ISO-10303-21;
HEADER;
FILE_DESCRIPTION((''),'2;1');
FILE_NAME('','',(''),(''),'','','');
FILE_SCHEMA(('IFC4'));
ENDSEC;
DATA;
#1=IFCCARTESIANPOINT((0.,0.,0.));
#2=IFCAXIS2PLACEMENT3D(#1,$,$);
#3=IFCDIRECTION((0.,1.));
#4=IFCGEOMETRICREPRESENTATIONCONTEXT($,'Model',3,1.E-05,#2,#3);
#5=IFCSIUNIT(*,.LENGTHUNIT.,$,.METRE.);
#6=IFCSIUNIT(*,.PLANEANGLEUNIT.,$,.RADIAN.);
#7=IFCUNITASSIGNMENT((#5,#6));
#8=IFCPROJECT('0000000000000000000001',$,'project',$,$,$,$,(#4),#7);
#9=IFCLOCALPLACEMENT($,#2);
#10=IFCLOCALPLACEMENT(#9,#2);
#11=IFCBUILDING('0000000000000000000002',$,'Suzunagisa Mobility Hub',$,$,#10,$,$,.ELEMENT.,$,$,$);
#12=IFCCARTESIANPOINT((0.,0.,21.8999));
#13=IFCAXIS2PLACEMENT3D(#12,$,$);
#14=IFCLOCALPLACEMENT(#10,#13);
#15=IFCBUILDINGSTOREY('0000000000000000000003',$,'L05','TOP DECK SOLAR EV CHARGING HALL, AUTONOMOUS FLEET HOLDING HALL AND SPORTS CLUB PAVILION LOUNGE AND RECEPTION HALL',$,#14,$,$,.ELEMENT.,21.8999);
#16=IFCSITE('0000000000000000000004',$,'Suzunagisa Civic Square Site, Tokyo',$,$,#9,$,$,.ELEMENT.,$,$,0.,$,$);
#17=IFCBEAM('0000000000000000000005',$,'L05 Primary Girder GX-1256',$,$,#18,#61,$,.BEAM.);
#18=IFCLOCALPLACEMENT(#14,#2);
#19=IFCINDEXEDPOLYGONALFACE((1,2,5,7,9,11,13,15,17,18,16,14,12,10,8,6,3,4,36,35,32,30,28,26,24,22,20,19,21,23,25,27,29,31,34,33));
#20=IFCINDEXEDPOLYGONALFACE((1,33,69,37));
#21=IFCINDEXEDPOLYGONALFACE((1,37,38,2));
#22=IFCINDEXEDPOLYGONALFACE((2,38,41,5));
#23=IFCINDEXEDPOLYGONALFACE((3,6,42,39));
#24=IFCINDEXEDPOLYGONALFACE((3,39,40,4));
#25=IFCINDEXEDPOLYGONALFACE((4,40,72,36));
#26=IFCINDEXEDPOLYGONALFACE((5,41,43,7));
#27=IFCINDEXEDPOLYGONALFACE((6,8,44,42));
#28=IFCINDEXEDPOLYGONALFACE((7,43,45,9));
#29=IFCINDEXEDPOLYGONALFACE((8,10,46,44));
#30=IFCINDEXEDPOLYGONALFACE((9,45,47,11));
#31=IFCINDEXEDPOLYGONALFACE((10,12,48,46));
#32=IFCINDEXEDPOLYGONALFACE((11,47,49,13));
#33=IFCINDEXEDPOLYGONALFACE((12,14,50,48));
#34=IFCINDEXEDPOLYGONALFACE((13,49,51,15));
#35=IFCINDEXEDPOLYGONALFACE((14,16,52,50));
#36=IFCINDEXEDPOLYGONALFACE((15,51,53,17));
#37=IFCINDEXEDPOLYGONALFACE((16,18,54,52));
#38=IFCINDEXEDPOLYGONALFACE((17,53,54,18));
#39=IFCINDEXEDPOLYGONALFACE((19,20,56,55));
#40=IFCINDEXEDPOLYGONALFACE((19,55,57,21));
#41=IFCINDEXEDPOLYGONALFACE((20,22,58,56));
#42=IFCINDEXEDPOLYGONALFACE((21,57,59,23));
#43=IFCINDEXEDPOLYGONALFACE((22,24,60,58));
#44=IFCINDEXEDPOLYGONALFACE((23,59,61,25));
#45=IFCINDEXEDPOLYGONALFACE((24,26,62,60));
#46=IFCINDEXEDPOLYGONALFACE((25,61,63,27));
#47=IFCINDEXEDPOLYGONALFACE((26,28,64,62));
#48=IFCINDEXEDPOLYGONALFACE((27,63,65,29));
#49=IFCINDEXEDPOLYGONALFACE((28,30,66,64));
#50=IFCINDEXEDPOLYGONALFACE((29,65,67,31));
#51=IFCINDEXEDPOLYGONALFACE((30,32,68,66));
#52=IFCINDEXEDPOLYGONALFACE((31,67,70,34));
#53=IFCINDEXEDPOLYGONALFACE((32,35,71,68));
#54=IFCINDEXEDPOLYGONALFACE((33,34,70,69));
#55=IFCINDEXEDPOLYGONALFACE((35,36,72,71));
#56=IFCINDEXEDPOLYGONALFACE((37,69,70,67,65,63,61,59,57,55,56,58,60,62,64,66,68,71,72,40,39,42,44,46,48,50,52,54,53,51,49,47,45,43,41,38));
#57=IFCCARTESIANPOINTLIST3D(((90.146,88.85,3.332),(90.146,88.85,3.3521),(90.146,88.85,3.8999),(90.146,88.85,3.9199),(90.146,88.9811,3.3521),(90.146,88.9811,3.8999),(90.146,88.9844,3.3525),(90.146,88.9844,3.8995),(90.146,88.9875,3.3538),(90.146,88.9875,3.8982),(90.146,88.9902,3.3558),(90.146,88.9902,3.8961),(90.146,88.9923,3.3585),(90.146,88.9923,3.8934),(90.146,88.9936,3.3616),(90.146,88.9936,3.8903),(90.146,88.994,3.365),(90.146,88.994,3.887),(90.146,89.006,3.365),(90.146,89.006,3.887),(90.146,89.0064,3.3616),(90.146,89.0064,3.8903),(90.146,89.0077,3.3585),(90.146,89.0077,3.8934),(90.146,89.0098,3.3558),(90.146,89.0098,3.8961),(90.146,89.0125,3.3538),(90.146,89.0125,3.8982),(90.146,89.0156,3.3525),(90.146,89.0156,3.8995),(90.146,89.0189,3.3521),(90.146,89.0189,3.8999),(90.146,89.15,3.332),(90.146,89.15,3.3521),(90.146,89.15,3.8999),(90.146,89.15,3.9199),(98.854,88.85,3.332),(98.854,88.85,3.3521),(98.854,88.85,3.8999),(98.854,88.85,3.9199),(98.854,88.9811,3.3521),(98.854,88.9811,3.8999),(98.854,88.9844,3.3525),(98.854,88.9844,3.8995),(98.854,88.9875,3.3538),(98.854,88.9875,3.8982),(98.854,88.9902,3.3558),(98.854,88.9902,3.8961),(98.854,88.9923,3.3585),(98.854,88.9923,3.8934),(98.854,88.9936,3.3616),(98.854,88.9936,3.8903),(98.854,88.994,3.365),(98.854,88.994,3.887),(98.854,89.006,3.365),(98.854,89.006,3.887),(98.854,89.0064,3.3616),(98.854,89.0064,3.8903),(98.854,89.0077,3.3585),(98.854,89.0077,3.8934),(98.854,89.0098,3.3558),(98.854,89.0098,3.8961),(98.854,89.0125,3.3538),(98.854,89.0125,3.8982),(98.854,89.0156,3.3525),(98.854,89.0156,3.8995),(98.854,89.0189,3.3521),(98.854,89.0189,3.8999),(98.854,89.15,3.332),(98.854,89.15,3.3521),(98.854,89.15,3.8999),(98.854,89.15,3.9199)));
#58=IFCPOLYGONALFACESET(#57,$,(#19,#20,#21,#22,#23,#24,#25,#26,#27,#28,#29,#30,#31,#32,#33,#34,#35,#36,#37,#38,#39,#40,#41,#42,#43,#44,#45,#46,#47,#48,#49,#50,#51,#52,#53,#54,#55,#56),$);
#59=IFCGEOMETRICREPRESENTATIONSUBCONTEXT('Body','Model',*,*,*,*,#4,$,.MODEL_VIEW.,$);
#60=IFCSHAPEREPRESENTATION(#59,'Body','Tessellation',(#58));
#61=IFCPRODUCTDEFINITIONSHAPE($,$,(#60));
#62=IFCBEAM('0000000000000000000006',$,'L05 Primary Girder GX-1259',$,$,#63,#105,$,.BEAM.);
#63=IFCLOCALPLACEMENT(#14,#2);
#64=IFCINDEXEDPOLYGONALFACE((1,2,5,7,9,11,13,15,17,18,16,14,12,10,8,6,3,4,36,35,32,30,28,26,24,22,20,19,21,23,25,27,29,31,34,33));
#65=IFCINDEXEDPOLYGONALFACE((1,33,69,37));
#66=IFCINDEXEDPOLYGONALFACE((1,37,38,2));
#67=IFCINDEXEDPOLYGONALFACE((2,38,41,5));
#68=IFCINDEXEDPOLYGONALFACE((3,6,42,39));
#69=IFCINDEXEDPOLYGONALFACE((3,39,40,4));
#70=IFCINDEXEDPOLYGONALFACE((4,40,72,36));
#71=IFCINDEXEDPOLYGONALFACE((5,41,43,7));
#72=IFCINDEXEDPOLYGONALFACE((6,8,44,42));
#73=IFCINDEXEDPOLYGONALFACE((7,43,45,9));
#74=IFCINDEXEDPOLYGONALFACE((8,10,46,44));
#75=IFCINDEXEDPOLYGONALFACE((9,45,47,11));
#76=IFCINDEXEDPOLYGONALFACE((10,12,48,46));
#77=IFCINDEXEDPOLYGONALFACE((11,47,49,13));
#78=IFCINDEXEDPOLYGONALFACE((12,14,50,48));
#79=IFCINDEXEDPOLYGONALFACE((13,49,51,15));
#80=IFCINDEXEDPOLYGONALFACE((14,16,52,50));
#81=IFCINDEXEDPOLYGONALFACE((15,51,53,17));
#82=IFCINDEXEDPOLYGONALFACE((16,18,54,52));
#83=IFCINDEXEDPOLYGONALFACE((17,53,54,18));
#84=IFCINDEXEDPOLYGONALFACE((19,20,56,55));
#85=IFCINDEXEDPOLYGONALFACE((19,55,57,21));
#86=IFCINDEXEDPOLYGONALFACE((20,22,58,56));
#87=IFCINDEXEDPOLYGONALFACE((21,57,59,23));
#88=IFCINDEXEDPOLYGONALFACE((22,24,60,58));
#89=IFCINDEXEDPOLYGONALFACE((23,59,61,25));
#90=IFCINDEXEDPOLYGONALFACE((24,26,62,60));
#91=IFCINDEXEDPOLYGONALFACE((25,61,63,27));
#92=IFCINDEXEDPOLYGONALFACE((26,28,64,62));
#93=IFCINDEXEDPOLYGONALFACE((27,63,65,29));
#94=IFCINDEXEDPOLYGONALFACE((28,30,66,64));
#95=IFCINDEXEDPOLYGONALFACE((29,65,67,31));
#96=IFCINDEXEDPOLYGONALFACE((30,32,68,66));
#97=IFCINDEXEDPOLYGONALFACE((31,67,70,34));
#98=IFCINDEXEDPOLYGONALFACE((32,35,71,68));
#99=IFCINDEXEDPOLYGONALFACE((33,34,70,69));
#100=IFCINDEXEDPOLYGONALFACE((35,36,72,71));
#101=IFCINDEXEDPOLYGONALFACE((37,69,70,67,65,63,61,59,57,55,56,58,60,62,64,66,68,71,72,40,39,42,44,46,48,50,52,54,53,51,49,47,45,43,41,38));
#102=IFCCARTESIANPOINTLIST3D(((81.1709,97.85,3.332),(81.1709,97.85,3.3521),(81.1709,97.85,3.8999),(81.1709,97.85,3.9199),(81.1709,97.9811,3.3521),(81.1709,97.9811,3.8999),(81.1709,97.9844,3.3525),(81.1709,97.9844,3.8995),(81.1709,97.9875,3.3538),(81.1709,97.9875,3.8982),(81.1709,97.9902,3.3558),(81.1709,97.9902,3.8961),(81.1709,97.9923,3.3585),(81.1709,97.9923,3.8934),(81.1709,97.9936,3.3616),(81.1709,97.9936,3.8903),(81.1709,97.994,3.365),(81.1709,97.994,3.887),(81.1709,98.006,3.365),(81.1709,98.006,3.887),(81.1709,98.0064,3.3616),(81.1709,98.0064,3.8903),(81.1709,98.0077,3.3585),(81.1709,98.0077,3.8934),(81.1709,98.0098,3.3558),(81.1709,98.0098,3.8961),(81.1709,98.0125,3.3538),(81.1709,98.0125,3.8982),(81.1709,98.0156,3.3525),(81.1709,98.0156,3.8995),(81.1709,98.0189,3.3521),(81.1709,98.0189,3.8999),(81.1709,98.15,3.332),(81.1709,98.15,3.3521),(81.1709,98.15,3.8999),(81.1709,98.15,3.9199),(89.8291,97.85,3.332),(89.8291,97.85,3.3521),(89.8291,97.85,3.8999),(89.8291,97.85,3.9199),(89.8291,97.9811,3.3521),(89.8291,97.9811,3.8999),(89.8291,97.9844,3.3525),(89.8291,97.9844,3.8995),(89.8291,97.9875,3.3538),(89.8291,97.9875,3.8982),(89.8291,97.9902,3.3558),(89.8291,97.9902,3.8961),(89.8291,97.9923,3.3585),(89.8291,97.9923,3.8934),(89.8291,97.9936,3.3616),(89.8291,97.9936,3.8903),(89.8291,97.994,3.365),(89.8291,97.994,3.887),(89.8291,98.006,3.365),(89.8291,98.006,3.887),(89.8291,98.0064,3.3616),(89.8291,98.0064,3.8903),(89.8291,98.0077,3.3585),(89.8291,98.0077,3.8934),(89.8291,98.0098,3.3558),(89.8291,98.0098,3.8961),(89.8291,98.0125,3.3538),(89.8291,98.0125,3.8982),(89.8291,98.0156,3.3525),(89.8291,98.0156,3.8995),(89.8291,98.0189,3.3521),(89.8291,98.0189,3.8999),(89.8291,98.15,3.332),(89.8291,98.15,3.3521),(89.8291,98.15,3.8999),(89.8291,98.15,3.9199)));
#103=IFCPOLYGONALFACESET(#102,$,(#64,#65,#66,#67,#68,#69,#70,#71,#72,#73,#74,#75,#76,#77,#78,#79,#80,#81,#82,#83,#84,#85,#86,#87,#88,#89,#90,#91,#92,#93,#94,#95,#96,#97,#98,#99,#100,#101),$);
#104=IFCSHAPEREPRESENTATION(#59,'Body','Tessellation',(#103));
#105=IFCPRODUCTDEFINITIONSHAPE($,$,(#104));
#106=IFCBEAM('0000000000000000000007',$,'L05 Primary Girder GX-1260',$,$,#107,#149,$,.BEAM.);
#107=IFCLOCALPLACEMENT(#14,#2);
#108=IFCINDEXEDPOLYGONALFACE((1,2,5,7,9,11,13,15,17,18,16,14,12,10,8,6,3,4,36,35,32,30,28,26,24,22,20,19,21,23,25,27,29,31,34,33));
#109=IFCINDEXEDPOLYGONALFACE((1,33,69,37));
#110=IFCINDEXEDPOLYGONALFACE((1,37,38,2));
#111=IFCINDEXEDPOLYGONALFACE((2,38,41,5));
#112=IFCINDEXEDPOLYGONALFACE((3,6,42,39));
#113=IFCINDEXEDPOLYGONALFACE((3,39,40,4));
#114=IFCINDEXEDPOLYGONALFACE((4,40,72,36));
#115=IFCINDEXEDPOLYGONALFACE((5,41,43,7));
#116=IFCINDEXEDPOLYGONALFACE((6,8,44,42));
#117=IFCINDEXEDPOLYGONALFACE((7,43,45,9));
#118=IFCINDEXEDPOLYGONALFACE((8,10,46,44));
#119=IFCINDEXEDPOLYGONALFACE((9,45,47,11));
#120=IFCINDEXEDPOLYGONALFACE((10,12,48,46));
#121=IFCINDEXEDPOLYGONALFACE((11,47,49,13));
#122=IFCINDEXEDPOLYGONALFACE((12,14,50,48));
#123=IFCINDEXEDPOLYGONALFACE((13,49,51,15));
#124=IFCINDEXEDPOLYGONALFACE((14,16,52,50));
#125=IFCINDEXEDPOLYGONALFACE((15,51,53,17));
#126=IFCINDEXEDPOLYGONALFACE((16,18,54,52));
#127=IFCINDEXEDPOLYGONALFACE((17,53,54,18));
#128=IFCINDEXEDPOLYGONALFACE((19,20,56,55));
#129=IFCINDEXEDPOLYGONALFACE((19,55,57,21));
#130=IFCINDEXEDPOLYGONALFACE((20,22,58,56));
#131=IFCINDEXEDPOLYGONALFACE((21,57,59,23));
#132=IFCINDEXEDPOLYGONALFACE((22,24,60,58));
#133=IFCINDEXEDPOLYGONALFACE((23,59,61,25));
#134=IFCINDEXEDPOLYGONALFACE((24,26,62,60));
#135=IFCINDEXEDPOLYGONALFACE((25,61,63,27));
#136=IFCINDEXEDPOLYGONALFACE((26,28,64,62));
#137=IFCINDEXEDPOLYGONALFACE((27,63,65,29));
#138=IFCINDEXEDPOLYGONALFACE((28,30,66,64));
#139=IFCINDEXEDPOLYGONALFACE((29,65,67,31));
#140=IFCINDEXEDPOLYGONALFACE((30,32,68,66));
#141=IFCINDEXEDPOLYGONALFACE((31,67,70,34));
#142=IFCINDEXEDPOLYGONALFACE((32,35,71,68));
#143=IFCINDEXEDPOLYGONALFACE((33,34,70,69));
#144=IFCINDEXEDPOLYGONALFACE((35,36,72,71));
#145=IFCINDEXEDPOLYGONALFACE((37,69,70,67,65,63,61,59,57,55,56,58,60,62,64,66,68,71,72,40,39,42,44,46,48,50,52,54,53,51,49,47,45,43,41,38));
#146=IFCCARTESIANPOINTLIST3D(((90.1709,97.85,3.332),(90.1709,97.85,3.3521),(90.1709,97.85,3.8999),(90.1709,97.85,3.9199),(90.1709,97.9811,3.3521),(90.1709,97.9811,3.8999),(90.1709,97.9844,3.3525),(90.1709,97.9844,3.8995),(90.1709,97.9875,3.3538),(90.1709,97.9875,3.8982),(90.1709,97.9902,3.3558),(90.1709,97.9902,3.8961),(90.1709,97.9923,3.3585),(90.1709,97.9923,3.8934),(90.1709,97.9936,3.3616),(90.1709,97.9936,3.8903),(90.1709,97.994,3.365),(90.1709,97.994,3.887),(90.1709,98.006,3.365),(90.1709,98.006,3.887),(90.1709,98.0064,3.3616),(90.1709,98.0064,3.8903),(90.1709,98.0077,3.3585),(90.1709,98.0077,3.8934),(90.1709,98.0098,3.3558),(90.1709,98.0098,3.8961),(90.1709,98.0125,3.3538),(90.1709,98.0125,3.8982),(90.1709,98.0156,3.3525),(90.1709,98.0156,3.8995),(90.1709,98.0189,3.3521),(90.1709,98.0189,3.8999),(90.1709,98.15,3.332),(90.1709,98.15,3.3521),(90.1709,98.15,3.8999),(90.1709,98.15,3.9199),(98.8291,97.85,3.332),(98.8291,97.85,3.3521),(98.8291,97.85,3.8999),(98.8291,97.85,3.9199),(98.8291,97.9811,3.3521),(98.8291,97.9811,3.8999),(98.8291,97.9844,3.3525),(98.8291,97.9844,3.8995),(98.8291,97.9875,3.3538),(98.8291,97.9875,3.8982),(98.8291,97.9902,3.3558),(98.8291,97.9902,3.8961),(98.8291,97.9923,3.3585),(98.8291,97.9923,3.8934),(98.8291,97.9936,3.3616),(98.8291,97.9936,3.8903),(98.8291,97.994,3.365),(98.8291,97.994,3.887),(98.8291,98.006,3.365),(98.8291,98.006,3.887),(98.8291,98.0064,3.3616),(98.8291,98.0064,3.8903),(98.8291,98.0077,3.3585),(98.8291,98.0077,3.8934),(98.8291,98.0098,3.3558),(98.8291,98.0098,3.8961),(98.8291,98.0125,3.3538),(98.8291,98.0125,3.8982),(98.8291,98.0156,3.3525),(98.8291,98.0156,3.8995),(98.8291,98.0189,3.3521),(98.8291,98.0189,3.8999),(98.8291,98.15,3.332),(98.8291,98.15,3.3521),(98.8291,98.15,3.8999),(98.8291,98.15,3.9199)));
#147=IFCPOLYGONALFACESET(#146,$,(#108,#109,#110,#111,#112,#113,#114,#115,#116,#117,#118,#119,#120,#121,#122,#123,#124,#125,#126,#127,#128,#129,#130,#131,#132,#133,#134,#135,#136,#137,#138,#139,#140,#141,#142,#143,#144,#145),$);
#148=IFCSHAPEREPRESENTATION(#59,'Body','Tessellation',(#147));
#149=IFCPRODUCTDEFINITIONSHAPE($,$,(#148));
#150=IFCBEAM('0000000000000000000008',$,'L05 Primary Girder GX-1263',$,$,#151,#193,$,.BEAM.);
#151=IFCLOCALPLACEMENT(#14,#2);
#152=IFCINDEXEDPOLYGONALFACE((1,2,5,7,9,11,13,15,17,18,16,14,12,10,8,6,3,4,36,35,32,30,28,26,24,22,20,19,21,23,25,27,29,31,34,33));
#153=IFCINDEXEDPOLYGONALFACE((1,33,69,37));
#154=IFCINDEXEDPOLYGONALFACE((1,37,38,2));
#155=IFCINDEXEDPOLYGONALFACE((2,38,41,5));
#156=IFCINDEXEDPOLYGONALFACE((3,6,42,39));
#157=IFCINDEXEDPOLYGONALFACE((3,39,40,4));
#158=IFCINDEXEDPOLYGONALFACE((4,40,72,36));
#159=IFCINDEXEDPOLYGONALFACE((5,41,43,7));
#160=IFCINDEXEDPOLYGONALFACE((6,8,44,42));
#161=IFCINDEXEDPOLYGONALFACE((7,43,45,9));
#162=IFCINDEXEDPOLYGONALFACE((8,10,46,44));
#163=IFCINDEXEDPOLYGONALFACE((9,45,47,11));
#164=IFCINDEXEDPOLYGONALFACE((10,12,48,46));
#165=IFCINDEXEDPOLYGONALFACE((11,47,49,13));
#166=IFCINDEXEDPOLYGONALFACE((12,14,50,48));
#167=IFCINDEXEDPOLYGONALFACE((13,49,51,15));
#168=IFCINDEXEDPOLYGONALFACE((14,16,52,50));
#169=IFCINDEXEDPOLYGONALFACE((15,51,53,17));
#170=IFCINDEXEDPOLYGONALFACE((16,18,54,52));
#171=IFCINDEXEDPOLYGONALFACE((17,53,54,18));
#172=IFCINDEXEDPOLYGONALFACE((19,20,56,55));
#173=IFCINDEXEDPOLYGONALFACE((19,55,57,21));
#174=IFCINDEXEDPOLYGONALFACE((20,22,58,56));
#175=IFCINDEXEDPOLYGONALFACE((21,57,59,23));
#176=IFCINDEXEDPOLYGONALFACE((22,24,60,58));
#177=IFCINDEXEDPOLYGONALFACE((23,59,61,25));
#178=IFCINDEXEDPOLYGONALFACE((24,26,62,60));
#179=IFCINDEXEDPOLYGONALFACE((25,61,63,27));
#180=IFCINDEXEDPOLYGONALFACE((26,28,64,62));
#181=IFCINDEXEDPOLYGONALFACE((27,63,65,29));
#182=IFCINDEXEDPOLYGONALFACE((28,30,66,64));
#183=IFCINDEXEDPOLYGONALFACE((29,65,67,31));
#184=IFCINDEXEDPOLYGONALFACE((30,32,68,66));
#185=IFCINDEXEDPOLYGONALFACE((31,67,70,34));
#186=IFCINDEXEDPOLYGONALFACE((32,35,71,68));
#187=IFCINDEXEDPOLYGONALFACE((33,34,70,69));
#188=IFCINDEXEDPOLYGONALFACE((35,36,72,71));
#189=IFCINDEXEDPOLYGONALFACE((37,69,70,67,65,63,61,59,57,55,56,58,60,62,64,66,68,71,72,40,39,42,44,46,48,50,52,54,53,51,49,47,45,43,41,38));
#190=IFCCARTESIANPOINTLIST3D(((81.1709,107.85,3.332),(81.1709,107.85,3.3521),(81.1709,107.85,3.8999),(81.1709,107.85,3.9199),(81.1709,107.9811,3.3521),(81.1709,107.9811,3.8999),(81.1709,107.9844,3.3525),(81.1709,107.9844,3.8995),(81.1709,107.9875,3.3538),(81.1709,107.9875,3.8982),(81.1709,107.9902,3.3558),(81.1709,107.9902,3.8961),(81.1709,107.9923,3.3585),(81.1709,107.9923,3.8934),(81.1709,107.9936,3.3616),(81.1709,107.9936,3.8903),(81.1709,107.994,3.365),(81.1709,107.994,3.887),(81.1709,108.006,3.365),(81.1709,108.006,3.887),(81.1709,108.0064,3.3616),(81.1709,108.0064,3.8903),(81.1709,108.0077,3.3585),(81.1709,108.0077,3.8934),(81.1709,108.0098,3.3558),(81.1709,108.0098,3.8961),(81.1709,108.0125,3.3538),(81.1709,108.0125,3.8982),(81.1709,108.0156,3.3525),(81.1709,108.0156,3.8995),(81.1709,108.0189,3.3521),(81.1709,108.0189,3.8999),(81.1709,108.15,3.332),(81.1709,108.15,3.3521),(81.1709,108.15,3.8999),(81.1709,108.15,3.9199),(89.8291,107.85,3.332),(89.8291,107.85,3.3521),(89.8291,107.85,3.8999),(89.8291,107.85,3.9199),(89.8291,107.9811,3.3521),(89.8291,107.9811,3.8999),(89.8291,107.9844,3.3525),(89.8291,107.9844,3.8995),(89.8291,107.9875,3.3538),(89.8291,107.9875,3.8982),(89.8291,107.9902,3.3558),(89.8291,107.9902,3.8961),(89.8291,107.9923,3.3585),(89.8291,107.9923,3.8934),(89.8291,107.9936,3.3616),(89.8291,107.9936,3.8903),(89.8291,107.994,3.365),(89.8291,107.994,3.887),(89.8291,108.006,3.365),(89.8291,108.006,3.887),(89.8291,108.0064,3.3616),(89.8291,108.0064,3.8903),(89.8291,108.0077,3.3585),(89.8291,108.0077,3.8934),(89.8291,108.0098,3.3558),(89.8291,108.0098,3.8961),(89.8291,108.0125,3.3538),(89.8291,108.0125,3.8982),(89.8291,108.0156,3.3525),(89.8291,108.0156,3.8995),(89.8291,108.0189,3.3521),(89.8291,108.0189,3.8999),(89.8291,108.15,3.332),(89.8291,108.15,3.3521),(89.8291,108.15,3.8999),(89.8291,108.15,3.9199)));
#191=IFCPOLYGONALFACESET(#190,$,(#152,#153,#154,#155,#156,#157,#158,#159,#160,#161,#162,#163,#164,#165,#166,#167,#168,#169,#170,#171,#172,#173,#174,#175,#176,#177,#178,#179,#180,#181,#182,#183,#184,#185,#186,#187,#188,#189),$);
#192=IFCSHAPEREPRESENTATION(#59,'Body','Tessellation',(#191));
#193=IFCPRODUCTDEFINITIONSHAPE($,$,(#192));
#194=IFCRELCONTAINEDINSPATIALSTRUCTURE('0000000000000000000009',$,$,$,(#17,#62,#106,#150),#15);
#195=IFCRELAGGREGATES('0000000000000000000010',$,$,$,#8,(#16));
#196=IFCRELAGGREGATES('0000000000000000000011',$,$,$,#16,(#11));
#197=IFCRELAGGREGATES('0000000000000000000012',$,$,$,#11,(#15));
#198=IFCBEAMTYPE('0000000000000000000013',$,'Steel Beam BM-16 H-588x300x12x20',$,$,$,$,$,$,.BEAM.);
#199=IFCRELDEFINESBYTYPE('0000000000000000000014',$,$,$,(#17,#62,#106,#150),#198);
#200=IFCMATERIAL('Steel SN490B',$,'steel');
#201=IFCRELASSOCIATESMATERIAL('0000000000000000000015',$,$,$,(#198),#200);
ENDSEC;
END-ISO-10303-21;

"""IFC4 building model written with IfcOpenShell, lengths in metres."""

from ifc_helpers import new_model, si_unit, direction, frame, origin, origin_2d, place, context, subcontext, project, spatial, i_section, extrude, material, material_profile, profile_set, type_object, element, save


model = new_model("IFC4")

# Units and contexts
model_context = context("Model", 3, precision=1e-05, world=origin(), true_north=direction((0.0, 1.0)))
body_context = subcontext(model_context, "Body", "Model", "MODEL_VIEW")
ifc_project = project(units=[si_unit("LENGTHUNIT", "METRE"), si_unit("PLANEANGLEUNIT", "RADIAN")], contexts=[model_context])

# Site, building, storey
site_placement = place(None, origin())
site = spatial("IfcSite", under=ifc_project, at=site_placement, Name="Suzunagisa Civic Square Site, Tokyo", CompositionType="ELEMENT", RefElevation=0.0)
building_placement = place(site_placement, origin())
building = spatial("IfcBuilding", under=site, at=building_placement, Name="Suzunagisa Mobility Hub", CompositionType="ELEMENT")
storey_placement = place(building_placement, frame((0.0, 0.0, 21.8999)))
storey = spatial("IfcBuildingStorey", under=building, at=storey_placement, Name="L05", Description="TOP DECK SOLAR EV CHARGING HALL, AUTONOMOUS FLEET HOLDING HALL AND SPORTS CLUB PAVILION LOUNGE AND RECEPTION HALL", CompositionType="ELEMENT", Elevation=21.8999)

# Shared definitions
ifc_material_1 = material(Name="Steel SN490B", Category="steel")

# Beams
ifc_material_profile_1 = material_profile(ifc_material_1, i_section(OverallWidth=0.3, OverallDepth=0.5879, WebThickness=0.012, FlangeThickness=0.02, FilletRadius=0.0129, at=origin_2d()), Name="H-588x300x12x20")
ifc_profile_set_1 = profile_set([ifc_material_profile_1], Name="Steel SN490B")
beam_type_1 = type_object("IfcBeamType", Name="Steel Beam BM-16 H-588x300x12x20", PredefinedType="BEAM", material=ifc_profile_set_1)
beam_1_placement = place(storey_placement, frame((90.146, 89.0, 3.626), z_axis=(1.0, 0.0, 0.0), x_axis=(0.0, 1.0, 0.0)))
element("IfcBeam", 1, at=beam_1_placement, inside=storey, type_object=beam_type_1, Name="L05 Primary Girder GX-1256", PredefinedType="BEAM", context=body_context, shape_type="SweptSolid", body=[
    extrude(i_section(OverallWidth=0.3, OverallDepth=0.5879, WebThickness=0.012, FlangeThickness=0.02, FilletRadius=0.0129, at=origin_2d()), origin(), (0.0, 0.0, 1.0), 8.708),
])
for number, where, z_axis, x_axis, name in (
    (2, (81.1709, 98.0, 3.626), (1.0, 0.0, 0.0), (0.0, 1.0, 0.0), "L05 Primary Girder GX-1259"),
    (3, (90.1709, 98.0, 3.626), (1.0, 0.0, 0.0), (0.0, 1.0, 0.0), "L05 Primary Girder GX-1260"),
    (4, (81.1709, 108.0, 3.626), (1.0, 0.0, 0.0), (0.0, 1.0, 0.0), "L05 Primary Girder GX-1263"),
):
    element("IfcBeam", number, at=place(storey_placement, frame(where, z_axis=z_axis, x_axis=x_axis)), inside=storey, type_object=beam_type_1, Name=name, PredefinedType="BEAM", context=body_context, shape_type="SweptSolid", body=[
        extrude(i_section(OverallWidth=0.3, OverallDepth=0.5879, WebThickness=0.012, FlangeThickness=0.02, FilletRadius=0.0129, at=origin_2d()), origin(), (0.0, 0.0, 1.0), 8.6582),
    ])

save(model, "model.ifc")
